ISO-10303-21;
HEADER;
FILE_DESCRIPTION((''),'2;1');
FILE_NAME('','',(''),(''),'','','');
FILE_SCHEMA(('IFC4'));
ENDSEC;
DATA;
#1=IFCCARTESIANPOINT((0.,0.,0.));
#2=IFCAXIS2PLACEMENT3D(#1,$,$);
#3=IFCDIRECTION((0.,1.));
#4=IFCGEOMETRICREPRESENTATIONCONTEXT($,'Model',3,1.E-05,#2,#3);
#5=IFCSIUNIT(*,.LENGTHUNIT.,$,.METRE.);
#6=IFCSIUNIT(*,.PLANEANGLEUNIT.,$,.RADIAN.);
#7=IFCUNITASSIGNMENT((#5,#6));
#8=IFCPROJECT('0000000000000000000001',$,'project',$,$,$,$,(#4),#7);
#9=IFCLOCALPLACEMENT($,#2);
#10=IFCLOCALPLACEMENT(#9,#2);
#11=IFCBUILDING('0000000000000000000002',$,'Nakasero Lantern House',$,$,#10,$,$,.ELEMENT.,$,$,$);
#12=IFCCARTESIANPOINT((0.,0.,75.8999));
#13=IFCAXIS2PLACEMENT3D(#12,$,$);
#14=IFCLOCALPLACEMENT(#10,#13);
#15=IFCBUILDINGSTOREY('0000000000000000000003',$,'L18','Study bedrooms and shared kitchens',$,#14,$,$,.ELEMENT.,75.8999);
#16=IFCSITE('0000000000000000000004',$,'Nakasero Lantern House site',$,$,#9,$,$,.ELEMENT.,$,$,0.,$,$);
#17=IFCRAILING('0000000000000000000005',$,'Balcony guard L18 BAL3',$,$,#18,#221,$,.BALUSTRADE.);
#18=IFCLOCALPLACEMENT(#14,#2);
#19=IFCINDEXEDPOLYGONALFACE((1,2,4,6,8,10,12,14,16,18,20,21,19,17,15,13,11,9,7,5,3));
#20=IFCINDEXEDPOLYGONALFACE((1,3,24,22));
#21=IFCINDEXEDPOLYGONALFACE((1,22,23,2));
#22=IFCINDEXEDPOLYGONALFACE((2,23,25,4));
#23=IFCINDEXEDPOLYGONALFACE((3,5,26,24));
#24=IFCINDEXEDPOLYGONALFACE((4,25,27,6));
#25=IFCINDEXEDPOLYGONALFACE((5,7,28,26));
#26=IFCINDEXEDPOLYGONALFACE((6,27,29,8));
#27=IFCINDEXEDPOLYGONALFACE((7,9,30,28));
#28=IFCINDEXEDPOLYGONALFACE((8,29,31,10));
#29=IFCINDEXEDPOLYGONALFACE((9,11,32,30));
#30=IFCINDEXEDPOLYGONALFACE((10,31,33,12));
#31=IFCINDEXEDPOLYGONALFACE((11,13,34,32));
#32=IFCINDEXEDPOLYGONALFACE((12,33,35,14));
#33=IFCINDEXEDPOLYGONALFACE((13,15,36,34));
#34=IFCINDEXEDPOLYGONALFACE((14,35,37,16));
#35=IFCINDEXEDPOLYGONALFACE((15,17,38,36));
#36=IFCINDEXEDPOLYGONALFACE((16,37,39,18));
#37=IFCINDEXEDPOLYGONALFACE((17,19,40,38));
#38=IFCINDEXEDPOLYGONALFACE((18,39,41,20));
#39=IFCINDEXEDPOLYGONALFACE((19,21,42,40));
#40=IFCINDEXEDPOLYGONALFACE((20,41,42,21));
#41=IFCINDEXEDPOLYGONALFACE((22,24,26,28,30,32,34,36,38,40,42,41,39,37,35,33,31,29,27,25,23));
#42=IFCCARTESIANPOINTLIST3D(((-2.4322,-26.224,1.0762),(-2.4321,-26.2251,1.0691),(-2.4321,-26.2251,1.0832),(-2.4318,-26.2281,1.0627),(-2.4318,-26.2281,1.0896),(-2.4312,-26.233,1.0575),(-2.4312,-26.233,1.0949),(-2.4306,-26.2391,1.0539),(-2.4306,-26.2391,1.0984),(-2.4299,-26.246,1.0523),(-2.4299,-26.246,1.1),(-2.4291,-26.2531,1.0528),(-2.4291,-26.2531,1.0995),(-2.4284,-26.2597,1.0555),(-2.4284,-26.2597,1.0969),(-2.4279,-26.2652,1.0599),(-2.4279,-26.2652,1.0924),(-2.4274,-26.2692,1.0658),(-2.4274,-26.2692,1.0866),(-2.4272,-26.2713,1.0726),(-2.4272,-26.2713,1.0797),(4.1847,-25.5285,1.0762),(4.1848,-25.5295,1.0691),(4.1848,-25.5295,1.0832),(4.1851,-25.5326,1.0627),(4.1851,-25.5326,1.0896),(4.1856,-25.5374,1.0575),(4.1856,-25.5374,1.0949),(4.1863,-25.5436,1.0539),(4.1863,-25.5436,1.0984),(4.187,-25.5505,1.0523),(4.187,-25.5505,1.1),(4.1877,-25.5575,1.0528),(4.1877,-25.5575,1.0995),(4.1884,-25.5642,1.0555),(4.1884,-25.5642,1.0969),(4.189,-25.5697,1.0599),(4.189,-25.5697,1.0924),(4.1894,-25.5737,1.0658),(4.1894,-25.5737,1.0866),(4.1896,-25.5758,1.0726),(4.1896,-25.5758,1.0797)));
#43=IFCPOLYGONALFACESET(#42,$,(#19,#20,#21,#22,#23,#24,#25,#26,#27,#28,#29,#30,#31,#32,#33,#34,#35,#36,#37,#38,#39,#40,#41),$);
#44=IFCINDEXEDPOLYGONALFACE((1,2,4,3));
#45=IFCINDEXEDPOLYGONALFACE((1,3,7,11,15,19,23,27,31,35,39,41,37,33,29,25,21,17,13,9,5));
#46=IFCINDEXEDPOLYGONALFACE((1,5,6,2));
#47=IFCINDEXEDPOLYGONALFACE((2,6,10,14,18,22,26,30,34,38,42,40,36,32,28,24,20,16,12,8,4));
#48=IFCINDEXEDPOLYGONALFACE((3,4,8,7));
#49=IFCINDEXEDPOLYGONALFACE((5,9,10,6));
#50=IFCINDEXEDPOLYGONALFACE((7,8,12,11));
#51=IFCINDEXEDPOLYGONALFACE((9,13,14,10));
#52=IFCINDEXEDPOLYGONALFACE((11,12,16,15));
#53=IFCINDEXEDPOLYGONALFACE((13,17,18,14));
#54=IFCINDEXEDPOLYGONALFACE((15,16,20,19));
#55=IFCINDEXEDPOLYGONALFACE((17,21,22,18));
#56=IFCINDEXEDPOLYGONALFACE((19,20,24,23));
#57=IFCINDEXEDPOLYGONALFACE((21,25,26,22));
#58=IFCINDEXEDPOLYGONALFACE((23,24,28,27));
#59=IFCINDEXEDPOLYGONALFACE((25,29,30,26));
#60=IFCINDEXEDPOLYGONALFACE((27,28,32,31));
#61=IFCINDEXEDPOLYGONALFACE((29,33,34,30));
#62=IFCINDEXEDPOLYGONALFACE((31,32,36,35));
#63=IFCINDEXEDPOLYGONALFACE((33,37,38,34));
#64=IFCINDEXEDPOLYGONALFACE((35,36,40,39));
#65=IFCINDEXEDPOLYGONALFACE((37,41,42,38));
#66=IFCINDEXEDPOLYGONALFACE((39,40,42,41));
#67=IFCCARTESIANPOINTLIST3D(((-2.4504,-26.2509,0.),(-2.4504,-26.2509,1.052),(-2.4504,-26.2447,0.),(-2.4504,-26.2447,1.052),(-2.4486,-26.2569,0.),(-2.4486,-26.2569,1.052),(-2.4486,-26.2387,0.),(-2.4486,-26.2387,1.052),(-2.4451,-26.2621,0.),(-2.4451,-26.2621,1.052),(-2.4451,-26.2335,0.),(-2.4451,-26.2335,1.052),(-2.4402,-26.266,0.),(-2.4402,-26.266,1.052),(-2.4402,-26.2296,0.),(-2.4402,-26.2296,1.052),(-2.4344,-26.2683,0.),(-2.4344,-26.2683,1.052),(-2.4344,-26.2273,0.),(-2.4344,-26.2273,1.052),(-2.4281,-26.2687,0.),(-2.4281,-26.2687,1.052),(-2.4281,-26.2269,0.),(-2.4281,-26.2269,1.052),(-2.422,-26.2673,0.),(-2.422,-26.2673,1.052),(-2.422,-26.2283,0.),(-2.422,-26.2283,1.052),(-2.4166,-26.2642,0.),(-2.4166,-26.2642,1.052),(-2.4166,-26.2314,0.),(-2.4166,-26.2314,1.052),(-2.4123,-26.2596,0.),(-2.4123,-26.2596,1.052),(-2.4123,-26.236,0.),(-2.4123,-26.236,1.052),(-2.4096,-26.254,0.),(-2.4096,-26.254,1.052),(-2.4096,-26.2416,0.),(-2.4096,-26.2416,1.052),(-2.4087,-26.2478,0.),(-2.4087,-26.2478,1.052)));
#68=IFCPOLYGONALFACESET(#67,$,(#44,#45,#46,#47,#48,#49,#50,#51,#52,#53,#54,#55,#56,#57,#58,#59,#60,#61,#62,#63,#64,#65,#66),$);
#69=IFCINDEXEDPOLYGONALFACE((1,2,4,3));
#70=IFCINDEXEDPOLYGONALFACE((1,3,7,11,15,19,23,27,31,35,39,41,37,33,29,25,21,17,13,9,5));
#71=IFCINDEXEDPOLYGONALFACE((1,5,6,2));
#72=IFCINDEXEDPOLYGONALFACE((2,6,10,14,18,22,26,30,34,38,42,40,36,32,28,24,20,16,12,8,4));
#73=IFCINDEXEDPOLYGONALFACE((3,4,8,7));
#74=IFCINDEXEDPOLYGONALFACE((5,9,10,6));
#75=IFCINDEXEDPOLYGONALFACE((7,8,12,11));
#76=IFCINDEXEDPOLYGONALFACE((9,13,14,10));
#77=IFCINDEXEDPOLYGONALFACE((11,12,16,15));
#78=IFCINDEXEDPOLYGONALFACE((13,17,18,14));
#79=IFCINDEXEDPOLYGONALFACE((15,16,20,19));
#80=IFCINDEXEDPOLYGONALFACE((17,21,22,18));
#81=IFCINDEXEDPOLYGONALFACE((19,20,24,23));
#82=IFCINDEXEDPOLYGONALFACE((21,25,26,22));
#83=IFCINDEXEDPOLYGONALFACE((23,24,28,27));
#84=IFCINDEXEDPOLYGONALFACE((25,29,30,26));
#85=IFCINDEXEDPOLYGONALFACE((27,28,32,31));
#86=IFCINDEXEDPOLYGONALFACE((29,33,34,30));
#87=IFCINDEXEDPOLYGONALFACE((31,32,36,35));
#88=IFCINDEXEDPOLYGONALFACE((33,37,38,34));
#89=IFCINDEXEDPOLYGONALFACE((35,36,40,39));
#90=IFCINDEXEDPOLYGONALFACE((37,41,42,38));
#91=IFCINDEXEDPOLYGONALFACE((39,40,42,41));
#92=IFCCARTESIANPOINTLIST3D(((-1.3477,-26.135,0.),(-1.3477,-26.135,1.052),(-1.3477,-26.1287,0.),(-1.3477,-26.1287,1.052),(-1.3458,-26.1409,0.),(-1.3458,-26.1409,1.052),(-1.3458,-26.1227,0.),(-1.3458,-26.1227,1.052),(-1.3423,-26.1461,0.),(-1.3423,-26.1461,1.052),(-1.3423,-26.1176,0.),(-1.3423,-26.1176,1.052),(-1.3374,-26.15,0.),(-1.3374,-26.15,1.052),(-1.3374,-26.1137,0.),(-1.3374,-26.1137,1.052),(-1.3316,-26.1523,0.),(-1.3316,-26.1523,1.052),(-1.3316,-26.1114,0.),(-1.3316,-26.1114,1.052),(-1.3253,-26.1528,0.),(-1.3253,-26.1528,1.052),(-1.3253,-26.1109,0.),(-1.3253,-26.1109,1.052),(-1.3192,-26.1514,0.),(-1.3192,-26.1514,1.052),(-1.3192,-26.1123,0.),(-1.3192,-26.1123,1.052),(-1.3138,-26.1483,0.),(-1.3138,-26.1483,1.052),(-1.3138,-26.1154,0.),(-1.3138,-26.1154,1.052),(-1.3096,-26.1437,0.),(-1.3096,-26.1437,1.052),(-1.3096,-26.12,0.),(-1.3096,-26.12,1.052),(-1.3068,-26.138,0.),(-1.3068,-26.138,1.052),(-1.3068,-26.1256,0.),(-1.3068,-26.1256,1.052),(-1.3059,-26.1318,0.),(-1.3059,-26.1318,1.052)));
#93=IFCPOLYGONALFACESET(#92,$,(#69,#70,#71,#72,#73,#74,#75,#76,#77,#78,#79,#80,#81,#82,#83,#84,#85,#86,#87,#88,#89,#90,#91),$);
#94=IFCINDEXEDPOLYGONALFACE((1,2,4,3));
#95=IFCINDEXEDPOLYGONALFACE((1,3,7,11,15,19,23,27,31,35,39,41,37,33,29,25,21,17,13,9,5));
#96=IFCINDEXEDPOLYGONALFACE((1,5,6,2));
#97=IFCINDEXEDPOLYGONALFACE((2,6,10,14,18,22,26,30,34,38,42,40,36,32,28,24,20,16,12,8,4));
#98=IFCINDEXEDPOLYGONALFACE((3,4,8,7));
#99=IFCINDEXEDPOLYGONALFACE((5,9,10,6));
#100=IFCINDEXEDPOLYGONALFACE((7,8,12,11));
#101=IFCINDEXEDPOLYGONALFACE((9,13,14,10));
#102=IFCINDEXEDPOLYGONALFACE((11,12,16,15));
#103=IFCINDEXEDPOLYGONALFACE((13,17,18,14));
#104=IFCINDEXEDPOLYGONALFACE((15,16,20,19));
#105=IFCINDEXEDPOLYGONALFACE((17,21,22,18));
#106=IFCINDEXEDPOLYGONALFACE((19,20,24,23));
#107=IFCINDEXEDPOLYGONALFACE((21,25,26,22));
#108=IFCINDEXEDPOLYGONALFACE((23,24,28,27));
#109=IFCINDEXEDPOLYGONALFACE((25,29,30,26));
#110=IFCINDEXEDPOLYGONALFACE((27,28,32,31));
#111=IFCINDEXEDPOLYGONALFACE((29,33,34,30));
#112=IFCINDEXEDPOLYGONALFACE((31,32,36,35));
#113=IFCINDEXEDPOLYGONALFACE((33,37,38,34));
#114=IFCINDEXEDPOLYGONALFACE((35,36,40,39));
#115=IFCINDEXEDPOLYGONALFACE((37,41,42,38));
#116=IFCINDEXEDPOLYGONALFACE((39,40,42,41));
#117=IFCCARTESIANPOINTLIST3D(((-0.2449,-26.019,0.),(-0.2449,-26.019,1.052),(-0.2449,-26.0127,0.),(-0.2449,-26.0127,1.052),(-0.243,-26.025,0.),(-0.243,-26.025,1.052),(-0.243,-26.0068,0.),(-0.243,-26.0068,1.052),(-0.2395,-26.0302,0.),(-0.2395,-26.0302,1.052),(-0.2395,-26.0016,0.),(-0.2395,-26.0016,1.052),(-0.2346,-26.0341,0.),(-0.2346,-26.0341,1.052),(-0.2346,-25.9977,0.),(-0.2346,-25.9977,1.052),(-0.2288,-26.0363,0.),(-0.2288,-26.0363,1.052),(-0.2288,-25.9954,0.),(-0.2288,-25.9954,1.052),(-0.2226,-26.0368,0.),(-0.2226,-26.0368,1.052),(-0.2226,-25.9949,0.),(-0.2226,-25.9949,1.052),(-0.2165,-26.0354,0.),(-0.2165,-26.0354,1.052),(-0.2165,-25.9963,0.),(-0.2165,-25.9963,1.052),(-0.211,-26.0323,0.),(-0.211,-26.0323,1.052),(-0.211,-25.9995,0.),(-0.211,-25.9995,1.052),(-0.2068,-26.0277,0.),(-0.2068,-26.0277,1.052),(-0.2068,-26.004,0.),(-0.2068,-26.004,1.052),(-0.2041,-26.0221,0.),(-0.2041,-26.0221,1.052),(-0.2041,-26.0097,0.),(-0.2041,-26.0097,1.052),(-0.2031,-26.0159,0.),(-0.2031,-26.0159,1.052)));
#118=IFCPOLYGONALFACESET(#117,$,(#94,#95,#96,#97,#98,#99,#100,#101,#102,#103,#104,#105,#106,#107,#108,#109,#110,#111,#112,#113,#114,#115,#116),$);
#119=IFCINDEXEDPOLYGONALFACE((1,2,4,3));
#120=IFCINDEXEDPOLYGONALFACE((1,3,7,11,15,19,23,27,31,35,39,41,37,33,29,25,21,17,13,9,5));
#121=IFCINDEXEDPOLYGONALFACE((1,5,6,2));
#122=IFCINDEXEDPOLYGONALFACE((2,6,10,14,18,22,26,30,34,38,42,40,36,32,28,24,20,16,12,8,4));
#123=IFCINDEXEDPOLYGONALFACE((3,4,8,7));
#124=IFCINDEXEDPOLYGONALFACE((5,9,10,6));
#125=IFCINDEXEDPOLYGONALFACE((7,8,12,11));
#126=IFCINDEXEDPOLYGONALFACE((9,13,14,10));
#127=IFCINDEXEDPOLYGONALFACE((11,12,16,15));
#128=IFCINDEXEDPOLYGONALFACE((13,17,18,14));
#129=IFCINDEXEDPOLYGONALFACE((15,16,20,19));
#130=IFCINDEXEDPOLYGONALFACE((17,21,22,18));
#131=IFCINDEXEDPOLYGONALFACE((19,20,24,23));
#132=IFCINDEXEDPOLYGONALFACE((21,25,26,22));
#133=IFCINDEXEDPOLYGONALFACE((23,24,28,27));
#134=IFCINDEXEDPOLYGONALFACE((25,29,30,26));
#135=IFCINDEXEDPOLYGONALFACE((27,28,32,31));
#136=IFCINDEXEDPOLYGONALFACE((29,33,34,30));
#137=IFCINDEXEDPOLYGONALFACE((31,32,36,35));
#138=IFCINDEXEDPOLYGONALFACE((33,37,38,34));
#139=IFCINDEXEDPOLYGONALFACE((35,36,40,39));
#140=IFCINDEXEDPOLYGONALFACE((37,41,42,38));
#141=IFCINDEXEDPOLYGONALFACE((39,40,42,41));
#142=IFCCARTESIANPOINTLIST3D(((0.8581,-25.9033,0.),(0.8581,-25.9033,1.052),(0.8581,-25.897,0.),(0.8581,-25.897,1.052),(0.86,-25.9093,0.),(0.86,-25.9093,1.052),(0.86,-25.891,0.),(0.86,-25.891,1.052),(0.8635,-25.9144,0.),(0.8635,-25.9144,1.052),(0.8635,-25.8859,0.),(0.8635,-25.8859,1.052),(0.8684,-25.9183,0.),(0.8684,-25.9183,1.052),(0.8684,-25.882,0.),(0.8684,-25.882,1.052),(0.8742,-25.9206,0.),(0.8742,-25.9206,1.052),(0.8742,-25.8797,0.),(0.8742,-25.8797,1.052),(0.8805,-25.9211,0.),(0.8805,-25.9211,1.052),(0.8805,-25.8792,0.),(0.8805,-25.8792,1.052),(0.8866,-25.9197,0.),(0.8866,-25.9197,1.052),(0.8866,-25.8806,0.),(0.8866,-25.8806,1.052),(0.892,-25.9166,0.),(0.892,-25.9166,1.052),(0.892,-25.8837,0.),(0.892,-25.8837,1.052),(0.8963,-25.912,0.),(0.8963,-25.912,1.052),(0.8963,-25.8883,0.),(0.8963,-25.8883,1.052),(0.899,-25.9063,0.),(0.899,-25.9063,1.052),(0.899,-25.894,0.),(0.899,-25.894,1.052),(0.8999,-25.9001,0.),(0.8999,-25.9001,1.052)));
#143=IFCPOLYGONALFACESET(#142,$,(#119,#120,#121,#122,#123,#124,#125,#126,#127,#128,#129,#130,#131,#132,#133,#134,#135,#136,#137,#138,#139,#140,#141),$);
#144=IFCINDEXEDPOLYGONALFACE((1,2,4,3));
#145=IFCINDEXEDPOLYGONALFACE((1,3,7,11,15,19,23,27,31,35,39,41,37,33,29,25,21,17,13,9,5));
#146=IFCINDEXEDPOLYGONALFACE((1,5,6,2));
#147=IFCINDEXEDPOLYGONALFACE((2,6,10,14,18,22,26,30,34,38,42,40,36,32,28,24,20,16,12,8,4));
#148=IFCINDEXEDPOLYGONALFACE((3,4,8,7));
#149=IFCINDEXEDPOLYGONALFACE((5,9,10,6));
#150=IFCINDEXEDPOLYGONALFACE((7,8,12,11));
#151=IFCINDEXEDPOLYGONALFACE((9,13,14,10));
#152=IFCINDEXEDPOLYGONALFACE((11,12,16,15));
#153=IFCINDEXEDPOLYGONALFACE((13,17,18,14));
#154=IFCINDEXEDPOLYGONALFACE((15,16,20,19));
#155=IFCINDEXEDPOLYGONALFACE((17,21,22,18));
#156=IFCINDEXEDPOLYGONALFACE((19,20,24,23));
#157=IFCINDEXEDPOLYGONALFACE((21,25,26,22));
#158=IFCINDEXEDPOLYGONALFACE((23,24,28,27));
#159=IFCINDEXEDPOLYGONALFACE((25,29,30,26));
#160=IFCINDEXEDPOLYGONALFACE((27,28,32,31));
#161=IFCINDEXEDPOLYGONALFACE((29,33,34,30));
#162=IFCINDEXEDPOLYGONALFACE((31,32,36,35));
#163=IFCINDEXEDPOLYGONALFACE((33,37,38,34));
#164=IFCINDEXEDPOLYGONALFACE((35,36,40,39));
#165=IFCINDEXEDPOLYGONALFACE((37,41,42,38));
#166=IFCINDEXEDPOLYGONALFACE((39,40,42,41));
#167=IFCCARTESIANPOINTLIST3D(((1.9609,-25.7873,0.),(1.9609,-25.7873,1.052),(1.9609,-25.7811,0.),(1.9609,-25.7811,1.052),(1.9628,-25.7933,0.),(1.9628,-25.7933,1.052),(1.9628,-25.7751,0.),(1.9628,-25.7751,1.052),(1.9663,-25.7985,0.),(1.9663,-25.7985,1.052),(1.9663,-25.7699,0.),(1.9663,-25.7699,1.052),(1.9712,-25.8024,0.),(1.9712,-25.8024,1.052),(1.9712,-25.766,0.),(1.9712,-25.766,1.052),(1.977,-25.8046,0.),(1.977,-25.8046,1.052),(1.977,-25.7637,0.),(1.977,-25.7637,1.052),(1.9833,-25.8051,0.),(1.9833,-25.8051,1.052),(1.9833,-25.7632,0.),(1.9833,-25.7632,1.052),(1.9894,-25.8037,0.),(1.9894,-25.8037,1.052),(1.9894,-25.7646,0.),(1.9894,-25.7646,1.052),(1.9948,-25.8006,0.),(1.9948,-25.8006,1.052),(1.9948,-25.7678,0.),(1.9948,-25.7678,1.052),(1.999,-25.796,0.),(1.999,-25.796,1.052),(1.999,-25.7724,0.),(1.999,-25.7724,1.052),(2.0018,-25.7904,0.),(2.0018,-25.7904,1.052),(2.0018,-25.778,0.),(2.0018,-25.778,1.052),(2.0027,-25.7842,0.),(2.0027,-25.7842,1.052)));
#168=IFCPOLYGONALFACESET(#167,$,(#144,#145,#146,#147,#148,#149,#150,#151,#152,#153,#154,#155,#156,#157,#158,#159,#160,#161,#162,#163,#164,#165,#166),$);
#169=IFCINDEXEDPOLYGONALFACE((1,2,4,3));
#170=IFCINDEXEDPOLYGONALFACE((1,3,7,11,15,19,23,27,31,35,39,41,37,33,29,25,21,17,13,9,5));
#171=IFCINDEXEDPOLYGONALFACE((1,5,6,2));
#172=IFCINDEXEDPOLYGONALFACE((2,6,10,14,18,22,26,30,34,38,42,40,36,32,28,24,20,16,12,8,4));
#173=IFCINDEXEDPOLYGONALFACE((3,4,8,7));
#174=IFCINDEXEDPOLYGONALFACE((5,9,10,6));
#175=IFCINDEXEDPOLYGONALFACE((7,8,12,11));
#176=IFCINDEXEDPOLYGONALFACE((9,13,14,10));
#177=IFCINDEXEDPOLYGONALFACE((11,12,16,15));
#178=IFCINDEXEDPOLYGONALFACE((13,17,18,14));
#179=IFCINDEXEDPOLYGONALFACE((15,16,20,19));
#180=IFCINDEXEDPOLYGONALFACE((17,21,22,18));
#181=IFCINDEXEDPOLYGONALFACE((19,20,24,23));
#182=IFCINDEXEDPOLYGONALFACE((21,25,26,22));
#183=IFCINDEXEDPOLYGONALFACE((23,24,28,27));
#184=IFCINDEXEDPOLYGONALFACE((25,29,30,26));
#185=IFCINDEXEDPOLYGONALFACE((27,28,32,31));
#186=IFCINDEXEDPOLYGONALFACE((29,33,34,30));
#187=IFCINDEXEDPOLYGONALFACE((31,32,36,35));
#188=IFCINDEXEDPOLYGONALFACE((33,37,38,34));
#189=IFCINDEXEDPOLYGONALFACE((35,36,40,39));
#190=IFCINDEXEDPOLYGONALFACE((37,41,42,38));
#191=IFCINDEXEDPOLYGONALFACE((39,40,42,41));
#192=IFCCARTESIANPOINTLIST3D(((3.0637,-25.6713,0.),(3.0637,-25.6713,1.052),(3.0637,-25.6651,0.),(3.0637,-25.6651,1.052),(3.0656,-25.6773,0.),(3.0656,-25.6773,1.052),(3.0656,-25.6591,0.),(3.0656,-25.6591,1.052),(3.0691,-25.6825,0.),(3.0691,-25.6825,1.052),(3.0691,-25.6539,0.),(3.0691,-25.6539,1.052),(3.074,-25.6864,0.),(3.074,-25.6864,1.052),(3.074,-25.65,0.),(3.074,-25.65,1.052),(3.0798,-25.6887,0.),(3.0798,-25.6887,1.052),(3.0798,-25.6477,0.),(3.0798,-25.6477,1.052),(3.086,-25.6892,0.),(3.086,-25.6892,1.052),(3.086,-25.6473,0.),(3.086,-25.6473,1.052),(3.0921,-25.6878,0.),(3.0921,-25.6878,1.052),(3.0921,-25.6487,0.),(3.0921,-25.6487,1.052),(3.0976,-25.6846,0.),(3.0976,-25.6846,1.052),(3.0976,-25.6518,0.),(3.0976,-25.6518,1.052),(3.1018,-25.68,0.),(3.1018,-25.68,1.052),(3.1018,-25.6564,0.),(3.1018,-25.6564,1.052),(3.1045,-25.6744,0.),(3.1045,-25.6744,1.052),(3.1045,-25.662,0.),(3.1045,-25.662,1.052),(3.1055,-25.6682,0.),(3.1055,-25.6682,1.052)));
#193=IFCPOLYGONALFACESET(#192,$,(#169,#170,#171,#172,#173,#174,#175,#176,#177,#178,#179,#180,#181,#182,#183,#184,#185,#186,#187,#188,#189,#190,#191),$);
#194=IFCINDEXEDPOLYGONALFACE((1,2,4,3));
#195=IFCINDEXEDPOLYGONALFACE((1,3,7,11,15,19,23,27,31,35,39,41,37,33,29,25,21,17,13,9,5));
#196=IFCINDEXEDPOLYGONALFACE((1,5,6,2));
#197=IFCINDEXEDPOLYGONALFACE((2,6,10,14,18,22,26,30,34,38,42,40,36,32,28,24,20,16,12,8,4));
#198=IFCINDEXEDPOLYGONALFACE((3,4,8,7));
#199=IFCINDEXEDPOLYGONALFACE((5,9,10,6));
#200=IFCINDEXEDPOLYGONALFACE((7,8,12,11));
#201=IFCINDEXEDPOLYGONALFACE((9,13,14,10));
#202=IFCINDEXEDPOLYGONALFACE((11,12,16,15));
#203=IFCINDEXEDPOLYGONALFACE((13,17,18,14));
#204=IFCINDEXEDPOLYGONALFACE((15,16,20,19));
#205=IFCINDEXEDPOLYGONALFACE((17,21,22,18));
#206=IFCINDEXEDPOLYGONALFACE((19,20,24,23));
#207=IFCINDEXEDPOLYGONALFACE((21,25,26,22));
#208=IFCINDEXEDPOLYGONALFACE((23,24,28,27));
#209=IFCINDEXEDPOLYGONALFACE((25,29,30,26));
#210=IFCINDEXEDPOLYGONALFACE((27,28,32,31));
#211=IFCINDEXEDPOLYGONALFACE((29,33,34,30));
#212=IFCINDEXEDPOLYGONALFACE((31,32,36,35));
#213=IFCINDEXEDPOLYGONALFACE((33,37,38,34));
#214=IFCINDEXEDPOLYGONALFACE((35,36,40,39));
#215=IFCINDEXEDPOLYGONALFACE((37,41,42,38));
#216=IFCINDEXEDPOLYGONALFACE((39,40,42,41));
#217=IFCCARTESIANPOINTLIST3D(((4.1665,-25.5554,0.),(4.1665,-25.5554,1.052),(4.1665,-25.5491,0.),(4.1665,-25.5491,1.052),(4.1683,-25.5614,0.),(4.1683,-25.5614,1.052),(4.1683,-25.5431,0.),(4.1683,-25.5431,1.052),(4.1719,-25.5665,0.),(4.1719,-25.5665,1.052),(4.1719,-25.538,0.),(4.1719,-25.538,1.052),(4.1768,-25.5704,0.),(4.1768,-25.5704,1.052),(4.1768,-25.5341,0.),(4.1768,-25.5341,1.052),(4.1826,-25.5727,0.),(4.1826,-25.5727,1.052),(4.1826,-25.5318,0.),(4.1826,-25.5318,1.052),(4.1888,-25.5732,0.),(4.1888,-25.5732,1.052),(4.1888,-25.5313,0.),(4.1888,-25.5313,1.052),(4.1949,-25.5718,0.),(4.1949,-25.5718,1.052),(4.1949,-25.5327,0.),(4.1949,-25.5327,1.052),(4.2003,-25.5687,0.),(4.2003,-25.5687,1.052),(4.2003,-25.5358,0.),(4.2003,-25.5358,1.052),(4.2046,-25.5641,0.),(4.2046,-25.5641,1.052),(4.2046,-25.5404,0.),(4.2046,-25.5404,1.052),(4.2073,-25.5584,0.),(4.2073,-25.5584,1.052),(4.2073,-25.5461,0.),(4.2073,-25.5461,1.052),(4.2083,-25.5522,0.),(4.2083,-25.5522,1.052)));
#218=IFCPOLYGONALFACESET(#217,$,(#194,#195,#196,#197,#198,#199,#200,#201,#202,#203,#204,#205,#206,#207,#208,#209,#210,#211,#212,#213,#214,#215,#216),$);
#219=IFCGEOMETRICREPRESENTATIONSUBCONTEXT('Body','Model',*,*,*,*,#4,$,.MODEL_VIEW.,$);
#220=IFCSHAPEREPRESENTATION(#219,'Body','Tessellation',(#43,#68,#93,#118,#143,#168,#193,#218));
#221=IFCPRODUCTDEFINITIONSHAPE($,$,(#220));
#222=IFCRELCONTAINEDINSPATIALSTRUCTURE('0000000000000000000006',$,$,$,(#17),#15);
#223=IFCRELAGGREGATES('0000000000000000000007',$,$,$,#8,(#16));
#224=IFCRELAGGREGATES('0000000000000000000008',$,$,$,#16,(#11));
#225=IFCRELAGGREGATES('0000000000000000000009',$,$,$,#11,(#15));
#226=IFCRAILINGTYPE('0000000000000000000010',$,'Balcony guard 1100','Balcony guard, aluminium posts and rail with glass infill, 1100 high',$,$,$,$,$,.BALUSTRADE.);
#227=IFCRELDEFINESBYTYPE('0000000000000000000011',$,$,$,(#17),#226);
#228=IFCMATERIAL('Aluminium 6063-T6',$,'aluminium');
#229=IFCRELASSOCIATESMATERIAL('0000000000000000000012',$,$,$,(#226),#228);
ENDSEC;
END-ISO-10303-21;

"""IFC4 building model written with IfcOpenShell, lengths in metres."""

from ifc_helpers import new_model, si_unit, direction, frame, origin, origin_2d, place, context, subcontext, project, spatial, circle, extrude, material, type_object, element, save


model = new_model("IFC4")

# Units and contexts
model_context = context("Model", 3, precision=1e-05, world=origin(), true_north=direction((0.0, 1.0)))
body_context = subcontext(model_context, "Body", "Model", "MODEL_VIEW")
ifc_project = project(units=[si_unit("LENGTHUNIT", "METRE"), si_unit("PLANEANGLEUNIT", "RADIAN")], contexts=[model_context])

# Site, building, storey
site_placement = place(None, origin())
site = spatial("IfcSite", under=ifc_project, at=site_placement, Name="Nakasero Lantern House site", CompositionType="ELEMENT", RefElevation=0.0)
building_placement = place(site_placement, origin())
building = spatial("IfcBuilding", under=site, at=building_placement, Name="Nakasero Lantern House", CompositionType="ELEMENT")
storey_placement = place(building_placement, frame((0.0, 0.0, 75.8999)))
storey = spatial("IfcBuildingStorey", under=building, at=storey_placement, Name="L18", Description="Study bedrooms and shared kitchens", CompositionType="ELEMENT", Elevation=75.8999)

# Railing
ifc_material_1 = material(Name="Aluminium 6063-T6", Category="aluminium")
railing_type = type_object("IfcRailingType", Name="Balcony guard 1100", Description="Balcony guard, aluminium posts and rail with glass infill, 1100 high", PredefinedType="BALUSTRADE", material=ifc_material_1)
railing_placement = place(storey_placement, frame((-2.4297, -26.2478, 0.0)))
element("IfcRailing", 1, at=railing_placement, inside=storey, type_object=railing_type, Name="Balcony guard L18 BAL3", PredefinedType="BALUSTRADE", context=body_context, shape_type="SweptSolid", body=[
    extrude(circle(Radius=0.0239, at=origin_2d()), frame((0.0, 0.0, 1.0762), z_axis=(0.994521, 0.104542, 0.0), x_axis=(-0.104542, 0.994521, 0.0)), (0.0, 0.0, 1.0), 6.6533),
    extrude(circle(Radius=0.021, at=origin_2d()), origin(), (0.0, 0.0, 1.0), 1.052),
    extrude(circle(Radius=0.021, at=origin_2d()), frame((1.1028, 0.116, 0.0)), (0.0, 0.0, 1.0), 1.052),
    extrude(circle(Radius=0.021, at=origin_2d()), frame((2.2056, 0.2319, 0.0)), (0.0, 0.0, 1.0), 1.052),
    extrude(circle(Radius=0.021, at=origin_2d()), frame((3.3086, 0.3477, 0.0)), (0.0, 0.0, 1.0), 1.052),
    extrude(circle(Radius=0.021, at=origin_2d()), frame((4.4114, 0.4636, 0.0)), (0.0, 0.0, 1.0), 1.052),
    extrude(circle(Radius=0.021, at=origin_2d()), frame((5.5142, 0.5796, 0.0)), (0.0, 0.0, 1.0), 1.052),
    extrude(circle(Radius=0.021, at=origin_2d()), frame((6.6169, 0.6956, 0.0)), (0.0, 0.0, 1.0), 1.052),
])

save(model, "model.ifc")
